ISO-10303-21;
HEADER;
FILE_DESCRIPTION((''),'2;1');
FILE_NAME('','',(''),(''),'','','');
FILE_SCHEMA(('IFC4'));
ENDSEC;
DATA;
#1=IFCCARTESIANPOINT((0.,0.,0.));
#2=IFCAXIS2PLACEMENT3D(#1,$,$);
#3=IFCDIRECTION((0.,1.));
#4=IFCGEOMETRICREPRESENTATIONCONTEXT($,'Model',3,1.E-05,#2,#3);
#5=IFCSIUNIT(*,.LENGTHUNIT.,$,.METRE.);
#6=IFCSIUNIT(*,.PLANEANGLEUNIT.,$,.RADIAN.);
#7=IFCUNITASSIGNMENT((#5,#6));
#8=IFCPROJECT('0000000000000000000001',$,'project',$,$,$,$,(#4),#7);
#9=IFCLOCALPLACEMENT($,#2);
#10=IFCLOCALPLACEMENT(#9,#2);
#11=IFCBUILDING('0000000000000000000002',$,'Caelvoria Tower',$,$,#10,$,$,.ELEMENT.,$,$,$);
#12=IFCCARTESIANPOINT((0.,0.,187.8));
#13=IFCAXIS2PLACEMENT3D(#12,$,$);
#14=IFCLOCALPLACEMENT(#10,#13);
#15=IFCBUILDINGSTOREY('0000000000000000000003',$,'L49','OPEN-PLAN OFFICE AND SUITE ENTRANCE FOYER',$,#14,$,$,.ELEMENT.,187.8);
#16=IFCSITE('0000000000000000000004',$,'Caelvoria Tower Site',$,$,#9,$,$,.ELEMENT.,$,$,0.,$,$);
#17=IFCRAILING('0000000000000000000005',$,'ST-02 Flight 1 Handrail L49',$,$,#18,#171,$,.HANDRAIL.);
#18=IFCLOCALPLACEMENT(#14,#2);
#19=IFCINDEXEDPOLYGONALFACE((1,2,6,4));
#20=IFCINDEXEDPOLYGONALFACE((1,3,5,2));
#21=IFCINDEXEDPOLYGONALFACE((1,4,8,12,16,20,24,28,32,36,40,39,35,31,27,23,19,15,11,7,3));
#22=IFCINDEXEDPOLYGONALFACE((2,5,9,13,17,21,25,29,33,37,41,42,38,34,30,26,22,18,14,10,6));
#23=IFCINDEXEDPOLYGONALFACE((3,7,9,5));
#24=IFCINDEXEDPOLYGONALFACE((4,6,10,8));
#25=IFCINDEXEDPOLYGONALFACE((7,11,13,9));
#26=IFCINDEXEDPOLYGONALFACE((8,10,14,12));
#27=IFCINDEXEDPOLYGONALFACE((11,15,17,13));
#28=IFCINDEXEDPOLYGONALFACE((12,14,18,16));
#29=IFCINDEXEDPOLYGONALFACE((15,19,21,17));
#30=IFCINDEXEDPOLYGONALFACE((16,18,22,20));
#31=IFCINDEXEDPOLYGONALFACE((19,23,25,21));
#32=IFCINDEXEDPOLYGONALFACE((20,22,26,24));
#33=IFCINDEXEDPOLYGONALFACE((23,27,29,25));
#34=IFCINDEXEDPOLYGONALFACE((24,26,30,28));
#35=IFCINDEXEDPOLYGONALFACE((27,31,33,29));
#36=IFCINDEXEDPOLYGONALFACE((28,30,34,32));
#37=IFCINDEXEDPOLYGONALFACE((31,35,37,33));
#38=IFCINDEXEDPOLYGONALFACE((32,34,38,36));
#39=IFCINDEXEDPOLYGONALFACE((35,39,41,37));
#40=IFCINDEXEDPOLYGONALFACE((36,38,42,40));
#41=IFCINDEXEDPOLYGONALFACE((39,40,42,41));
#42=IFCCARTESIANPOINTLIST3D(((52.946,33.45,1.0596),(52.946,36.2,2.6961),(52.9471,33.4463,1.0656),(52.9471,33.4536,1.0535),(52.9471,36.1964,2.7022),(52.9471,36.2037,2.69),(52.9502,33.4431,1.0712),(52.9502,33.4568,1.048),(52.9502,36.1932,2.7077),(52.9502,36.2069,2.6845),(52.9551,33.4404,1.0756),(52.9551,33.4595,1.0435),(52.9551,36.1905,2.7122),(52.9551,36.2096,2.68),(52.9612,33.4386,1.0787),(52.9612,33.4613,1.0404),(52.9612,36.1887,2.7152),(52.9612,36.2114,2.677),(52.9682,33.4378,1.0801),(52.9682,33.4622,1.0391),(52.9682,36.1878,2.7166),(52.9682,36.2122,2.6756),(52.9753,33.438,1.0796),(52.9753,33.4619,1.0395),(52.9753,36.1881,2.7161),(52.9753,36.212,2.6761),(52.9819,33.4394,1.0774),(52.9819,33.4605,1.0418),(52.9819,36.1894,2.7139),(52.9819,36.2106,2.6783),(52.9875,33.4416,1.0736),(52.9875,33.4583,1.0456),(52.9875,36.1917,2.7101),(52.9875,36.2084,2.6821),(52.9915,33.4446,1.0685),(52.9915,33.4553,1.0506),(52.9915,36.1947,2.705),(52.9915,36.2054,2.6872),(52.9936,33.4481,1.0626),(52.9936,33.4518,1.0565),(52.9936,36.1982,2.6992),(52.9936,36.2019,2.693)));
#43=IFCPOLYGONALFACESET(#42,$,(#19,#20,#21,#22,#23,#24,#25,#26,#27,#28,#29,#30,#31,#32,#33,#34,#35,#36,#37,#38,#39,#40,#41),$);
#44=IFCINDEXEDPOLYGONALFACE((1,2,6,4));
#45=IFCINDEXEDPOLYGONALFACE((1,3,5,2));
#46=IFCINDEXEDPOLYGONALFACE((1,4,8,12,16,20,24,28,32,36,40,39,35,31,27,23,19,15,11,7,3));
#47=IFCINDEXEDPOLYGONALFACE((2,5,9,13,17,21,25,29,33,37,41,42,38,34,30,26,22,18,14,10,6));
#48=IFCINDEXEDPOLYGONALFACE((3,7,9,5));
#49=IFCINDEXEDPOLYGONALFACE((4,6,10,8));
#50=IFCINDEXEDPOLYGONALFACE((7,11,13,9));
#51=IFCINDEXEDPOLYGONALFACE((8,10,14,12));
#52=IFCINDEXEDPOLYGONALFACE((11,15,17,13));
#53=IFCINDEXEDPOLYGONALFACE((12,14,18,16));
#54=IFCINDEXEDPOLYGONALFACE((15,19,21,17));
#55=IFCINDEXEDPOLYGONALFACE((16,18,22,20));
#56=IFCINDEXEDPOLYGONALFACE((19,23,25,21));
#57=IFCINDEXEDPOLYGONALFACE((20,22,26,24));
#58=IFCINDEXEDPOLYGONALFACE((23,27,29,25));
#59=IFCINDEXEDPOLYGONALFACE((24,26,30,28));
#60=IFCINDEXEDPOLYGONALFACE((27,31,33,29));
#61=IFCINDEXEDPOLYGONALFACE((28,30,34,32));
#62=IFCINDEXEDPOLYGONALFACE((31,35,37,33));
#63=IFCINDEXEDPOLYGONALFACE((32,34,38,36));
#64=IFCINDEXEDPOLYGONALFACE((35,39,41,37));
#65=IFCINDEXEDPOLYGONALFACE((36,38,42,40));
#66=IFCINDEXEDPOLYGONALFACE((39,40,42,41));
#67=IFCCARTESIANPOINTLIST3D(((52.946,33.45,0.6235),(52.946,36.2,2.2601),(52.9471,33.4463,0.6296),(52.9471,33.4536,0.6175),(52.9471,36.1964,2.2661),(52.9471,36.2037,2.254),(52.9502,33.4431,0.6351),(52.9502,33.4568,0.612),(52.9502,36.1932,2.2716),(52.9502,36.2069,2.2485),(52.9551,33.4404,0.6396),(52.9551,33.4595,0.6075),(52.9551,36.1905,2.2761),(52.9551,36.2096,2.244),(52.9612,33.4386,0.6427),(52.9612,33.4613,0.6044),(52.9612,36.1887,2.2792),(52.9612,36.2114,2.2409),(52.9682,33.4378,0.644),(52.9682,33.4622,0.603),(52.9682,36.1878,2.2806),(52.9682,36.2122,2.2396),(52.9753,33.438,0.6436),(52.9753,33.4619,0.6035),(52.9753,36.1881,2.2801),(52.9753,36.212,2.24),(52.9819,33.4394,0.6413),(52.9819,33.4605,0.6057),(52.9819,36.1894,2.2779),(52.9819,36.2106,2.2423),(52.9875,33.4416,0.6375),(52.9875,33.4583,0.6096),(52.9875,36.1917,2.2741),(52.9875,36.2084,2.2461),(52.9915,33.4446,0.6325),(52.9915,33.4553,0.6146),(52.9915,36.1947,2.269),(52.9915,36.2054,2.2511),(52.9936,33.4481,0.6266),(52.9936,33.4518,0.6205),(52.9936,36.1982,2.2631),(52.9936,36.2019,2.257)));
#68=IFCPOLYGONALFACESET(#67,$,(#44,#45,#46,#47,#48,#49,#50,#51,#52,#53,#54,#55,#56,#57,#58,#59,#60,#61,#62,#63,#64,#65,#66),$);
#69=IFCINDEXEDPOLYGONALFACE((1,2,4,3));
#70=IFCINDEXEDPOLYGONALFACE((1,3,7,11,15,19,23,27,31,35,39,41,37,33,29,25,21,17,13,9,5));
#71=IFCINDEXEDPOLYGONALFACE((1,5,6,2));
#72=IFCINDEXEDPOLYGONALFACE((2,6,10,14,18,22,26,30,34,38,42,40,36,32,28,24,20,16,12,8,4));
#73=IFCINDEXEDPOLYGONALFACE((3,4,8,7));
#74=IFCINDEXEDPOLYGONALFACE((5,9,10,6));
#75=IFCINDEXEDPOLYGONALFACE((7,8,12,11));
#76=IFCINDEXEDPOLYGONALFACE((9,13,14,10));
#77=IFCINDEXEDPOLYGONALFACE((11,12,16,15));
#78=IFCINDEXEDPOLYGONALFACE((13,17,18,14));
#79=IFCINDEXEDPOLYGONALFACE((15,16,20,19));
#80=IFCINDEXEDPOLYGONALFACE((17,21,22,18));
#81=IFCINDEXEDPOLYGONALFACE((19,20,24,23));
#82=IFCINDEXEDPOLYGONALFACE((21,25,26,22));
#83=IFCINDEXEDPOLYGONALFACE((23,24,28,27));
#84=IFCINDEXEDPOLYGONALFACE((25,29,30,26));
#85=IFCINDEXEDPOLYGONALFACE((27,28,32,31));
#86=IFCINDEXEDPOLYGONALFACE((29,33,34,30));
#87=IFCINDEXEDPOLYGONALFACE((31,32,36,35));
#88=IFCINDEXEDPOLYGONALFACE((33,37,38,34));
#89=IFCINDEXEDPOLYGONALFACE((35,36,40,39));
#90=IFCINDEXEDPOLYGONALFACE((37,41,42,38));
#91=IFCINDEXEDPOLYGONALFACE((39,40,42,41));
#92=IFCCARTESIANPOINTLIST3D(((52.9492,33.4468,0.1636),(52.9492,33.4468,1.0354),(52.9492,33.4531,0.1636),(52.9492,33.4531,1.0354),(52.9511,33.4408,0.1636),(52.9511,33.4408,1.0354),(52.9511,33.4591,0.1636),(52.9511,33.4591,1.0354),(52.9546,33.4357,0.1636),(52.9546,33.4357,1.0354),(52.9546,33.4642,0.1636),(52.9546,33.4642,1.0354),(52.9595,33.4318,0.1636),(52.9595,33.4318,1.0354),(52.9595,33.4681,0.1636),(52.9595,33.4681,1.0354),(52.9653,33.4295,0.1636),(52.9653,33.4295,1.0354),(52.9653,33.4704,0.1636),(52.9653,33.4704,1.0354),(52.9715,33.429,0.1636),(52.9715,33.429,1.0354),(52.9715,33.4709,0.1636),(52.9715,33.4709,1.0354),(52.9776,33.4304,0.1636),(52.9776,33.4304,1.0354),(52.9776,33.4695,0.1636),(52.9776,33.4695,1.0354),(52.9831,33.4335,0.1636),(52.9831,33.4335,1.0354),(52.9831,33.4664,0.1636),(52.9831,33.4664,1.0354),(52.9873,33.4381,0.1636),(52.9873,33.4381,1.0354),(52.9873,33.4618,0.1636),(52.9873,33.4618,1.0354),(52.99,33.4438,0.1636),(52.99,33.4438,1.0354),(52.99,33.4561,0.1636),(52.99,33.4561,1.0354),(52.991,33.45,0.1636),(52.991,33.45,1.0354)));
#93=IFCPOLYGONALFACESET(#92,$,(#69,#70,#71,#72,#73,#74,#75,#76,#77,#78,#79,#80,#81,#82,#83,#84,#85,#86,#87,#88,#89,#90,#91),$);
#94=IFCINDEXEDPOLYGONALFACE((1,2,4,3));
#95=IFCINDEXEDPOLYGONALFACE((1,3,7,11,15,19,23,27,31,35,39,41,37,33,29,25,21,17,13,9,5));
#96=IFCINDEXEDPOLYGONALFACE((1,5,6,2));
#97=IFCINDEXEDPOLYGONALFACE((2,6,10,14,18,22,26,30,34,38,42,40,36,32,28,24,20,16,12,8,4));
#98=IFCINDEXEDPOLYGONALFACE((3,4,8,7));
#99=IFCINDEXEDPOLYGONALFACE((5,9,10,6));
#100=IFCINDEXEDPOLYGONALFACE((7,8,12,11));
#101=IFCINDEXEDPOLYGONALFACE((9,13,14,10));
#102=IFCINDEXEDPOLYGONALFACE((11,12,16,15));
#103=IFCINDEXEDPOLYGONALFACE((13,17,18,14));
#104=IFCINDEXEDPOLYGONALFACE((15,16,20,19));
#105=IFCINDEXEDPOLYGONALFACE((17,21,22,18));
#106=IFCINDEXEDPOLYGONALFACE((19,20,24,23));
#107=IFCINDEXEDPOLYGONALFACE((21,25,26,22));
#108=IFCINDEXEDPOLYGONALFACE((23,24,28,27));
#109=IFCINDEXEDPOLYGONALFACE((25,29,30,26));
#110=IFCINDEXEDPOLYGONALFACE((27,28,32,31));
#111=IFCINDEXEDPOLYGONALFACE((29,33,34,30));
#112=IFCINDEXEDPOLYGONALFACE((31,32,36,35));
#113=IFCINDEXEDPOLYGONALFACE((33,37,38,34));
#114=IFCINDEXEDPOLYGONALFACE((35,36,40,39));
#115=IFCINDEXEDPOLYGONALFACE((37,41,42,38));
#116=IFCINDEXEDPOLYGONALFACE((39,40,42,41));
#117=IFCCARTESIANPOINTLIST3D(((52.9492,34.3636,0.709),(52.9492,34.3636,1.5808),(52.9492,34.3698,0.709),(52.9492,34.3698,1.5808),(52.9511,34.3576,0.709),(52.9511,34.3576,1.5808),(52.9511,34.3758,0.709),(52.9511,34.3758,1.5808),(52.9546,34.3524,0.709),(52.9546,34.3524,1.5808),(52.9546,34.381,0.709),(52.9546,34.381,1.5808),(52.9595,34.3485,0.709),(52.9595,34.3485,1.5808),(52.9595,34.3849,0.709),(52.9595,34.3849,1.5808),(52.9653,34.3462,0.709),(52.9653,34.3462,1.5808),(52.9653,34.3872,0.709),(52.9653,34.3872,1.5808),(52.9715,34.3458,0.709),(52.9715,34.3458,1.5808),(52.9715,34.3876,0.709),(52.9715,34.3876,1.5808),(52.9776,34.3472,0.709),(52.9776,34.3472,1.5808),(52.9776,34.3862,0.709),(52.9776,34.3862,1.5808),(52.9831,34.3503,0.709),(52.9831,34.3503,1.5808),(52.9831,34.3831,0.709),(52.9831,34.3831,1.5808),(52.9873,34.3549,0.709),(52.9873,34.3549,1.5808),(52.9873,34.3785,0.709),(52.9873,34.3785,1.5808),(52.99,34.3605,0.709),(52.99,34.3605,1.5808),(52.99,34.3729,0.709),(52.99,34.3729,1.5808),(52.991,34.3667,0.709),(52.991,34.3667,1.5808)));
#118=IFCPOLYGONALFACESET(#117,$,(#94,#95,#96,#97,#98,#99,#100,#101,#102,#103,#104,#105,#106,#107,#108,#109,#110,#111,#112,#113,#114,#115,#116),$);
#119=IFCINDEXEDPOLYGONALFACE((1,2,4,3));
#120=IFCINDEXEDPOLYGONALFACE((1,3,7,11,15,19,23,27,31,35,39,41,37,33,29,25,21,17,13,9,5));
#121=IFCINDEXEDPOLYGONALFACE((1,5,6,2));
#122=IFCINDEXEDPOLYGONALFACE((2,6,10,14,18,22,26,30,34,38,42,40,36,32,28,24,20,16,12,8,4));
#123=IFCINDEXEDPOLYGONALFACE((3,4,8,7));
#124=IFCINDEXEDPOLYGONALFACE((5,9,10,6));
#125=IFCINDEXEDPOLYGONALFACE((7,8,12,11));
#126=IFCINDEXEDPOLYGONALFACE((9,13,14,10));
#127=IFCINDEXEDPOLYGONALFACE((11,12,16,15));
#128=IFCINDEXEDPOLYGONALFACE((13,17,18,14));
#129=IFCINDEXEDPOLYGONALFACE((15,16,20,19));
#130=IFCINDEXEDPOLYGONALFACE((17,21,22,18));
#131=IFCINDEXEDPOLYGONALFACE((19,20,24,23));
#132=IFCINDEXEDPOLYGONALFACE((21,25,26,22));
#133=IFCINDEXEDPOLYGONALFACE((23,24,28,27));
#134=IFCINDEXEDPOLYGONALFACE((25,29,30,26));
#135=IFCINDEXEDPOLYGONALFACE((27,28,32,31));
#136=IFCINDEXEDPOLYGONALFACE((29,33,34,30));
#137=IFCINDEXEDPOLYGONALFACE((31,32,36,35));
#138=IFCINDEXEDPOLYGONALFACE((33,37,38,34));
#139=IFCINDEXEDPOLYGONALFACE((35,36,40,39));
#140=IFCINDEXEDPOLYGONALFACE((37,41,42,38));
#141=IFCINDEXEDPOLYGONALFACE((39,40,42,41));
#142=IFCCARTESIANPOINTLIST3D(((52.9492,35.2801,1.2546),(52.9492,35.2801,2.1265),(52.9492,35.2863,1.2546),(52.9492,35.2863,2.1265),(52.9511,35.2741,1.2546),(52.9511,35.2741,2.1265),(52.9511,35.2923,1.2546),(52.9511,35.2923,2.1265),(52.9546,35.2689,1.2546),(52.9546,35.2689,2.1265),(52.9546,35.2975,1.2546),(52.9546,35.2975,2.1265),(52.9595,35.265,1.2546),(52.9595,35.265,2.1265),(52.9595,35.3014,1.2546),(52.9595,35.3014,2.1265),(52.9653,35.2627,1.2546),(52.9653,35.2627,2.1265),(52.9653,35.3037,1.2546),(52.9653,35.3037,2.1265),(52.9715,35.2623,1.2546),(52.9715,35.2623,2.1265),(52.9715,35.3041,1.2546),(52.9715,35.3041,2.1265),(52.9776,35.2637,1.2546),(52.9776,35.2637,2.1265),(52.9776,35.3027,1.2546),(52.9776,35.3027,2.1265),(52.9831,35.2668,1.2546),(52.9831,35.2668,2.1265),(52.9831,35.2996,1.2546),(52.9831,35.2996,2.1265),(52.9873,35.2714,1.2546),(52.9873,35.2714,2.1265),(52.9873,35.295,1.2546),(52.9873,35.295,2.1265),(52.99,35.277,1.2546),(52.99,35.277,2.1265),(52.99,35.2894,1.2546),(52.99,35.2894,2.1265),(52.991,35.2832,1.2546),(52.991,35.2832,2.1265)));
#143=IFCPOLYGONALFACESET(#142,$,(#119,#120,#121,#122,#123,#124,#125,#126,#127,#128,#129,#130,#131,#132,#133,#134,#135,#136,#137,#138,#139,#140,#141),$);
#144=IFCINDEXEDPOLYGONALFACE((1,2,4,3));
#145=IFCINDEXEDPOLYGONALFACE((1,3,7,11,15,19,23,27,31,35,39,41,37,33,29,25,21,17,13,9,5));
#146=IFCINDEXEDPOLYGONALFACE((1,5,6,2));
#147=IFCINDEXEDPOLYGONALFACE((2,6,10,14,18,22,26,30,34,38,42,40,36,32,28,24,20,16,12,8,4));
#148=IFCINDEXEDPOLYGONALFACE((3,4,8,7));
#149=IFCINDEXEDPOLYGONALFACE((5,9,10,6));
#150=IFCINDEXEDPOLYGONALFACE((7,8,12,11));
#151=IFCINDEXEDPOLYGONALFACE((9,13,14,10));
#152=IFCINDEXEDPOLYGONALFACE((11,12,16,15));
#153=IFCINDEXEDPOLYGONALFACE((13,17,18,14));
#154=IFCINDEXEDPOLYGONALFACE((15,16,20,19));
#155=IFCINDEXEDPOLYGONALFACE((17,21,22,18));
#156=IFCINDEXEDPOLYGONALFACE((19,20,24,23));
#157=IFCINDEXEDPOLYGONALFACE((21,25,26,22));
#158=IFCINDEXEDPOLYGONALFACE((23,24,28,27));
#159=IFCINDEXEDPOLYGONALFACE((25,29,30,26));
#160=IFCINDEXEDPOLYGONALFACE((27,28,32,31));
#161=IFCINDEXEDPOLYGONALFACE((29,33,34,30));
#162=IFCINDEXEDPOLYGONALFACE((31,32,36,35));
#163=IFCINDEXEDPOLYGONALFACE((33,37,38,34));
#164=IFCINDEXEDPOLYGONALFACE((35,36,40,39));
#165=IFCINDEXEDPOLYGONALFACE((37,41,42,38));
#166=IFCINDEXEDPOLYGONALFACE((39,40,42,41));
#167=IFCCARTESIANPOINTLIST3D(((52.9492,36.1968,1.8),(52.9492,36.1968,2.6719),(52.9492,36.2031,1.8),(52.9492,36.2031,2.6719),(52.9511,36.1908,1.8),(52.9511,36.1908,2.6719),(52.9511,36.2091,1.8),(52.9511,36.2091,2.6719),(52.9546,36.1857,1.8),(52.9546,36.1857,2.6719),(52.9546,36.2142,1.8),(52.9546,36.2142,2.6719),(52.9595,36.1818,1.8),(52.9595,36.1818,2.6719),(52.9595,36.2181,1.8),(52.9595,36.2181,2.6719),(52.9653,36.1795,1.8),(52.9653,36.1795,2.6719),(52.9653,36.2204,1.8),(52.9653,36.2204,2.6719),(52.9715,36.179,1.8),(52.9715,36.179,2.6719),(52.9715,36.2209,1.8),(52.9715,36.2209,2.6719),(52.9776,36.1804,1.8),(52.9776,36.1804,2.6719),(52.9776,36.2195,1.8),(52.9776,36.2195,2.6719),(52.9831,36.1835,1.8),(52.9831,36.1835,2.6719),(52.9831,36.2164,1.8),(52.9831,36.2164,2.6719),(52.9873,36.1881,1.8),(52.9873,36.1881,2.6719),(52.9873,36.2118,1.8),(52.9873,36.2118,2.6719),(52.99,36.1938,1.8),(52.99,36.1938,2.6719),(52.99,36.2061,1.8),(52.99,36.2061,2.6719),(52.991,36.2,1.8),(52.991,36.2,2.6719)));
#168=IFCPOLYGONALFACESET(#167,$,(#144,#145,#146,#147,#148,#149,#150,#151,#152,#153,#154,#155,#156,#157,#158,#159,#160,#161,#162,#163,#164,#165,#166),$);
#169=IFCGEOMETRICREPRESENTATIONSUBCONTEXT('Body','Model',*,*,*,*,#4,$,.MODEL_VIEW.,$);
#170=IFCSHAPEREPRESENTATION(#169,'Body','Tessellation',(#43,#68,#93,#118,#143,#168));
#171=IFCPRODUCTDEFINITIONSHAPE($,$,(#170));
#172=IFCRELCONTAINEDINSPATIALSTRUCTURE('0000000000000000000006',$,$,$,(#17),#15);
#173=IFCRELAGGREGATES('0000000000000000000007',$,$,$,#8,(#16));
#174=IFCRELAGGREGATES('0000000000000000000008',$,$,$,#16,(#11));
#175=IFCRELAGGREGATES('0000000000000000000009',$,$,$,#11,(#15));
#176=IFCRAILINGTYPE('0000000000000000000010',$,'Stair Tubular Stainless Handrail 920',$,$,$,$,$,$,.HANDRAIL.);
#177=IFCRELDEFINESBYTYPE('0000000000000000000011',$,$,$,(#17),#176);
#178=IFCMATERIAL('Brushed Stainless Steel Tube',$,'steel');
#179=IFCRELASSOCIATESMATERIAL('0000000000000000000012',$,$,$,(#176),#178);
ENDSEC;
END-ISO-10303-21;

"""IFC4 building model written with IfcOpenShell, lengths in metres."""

from ifc_helpers import new_model, si_unit, direction, frame, origin, origin_2d, place, context, subcontext, project, spatial, circle, extrude, material, type_object, element, save


model = new_model("IFC4")

# Units and contexts
model_context = context("Model", 3, precision=1e-05, world=origin(), true_north=direction((0.0, 1.0)))
body_context = subcontext(model_context, "Body", "Model", "MODEL_VIEW")
ifc_project = project(units=[si_unit("LENGTHUNIT", "METRE"), si_unit("PLANEANGLEUNIT", "RADIAN")], contexts=[model_context])

# Site, building, storey
site_placement = place(None, origin())
site = spatial("IfcSite", under=ifc_project, at=site_placement, Name="Caelvoria Tower Site", CompositionType="ELEMENT", RefElevation=0.0)
building_placement = place(site_placement, origin())
building = spatial("IfcBuilding", under=site, at=building_placement, Name="Caelvoria Tower", CompositionType="ELEMENT")
storey_placement = place(building_placement, frame((0.0, 0.0, 187.8)))
storey = spatial("IfcBuildingStorey", under=building, at=storey_placement, Name="L49", Description="OPEN-PLAN OFFICE AND SUITE ENTRANCE FOYER", CompositionType="ELEMENT", Elevation=187.8)

# Railing
ifc_material_1 = material(Name="Brushed Stainless Steel Tube", Category="steel")
railing_type_1 = type_object("IfcRailingType", Name="Stair Tubular Stainless Handrail 920", PredefinedType="HANDRAIL", material=ifc_material_1)
railing_1_placement = place(storey_placement, frame((52.97, 33.45, 0.1636)))
element("IfcRailing", 1, at=railing_1_placement, inside=storey, type_object=railing_type_1, Name="ST-02 Flight 1 Handrail L49", PredefinedType="HANDRAIL", context=body_context, shape_type="SweptSolid", body=[
    extrude(circle(Radius=0.0239, at=origin_2d()), frame((0.0, 0.0, 0.896), z_axis=(0.0, 0.859352, 0.511385), x_axis=(-1.0, 0.0, 0.0)), (0.0, 0.0, 1.0), 3.2002),
    extrude(circle(Radius=0.0239, at=origin_2d()), frame((0.0, 0.0, 0.46), z_axis=(0.0, 0.859352, 0.511385), x_axis=(-1.0, 0.0, 0.0)), (0.0, 0.0, 1.0), 3.2002),
    extrude(circle(Radius=0.021, at=origin_2d()), origin(), (0.0, 0.0, 1.0), 0.8718),
    extrude(circle(Radius=0.021, at=origin_2d()), frame((0.0, 0.9167, 0.5454)), (0.0, 0.0, 1.0), 0.8718),
    extrude(circle(Radius=0.021, at=origin_2d()), frame((0.0, 1.8333, 1.0911)), (0.0, 0.0, 1.0), 0.8718),
    extrude(circle(Radius=0.021, at=origin_2d()), frame((0.0, 2.75, 1.6365)), (0.0, 0.0, 1.0), 0.8718),
])

save(model, "model.ifc")
